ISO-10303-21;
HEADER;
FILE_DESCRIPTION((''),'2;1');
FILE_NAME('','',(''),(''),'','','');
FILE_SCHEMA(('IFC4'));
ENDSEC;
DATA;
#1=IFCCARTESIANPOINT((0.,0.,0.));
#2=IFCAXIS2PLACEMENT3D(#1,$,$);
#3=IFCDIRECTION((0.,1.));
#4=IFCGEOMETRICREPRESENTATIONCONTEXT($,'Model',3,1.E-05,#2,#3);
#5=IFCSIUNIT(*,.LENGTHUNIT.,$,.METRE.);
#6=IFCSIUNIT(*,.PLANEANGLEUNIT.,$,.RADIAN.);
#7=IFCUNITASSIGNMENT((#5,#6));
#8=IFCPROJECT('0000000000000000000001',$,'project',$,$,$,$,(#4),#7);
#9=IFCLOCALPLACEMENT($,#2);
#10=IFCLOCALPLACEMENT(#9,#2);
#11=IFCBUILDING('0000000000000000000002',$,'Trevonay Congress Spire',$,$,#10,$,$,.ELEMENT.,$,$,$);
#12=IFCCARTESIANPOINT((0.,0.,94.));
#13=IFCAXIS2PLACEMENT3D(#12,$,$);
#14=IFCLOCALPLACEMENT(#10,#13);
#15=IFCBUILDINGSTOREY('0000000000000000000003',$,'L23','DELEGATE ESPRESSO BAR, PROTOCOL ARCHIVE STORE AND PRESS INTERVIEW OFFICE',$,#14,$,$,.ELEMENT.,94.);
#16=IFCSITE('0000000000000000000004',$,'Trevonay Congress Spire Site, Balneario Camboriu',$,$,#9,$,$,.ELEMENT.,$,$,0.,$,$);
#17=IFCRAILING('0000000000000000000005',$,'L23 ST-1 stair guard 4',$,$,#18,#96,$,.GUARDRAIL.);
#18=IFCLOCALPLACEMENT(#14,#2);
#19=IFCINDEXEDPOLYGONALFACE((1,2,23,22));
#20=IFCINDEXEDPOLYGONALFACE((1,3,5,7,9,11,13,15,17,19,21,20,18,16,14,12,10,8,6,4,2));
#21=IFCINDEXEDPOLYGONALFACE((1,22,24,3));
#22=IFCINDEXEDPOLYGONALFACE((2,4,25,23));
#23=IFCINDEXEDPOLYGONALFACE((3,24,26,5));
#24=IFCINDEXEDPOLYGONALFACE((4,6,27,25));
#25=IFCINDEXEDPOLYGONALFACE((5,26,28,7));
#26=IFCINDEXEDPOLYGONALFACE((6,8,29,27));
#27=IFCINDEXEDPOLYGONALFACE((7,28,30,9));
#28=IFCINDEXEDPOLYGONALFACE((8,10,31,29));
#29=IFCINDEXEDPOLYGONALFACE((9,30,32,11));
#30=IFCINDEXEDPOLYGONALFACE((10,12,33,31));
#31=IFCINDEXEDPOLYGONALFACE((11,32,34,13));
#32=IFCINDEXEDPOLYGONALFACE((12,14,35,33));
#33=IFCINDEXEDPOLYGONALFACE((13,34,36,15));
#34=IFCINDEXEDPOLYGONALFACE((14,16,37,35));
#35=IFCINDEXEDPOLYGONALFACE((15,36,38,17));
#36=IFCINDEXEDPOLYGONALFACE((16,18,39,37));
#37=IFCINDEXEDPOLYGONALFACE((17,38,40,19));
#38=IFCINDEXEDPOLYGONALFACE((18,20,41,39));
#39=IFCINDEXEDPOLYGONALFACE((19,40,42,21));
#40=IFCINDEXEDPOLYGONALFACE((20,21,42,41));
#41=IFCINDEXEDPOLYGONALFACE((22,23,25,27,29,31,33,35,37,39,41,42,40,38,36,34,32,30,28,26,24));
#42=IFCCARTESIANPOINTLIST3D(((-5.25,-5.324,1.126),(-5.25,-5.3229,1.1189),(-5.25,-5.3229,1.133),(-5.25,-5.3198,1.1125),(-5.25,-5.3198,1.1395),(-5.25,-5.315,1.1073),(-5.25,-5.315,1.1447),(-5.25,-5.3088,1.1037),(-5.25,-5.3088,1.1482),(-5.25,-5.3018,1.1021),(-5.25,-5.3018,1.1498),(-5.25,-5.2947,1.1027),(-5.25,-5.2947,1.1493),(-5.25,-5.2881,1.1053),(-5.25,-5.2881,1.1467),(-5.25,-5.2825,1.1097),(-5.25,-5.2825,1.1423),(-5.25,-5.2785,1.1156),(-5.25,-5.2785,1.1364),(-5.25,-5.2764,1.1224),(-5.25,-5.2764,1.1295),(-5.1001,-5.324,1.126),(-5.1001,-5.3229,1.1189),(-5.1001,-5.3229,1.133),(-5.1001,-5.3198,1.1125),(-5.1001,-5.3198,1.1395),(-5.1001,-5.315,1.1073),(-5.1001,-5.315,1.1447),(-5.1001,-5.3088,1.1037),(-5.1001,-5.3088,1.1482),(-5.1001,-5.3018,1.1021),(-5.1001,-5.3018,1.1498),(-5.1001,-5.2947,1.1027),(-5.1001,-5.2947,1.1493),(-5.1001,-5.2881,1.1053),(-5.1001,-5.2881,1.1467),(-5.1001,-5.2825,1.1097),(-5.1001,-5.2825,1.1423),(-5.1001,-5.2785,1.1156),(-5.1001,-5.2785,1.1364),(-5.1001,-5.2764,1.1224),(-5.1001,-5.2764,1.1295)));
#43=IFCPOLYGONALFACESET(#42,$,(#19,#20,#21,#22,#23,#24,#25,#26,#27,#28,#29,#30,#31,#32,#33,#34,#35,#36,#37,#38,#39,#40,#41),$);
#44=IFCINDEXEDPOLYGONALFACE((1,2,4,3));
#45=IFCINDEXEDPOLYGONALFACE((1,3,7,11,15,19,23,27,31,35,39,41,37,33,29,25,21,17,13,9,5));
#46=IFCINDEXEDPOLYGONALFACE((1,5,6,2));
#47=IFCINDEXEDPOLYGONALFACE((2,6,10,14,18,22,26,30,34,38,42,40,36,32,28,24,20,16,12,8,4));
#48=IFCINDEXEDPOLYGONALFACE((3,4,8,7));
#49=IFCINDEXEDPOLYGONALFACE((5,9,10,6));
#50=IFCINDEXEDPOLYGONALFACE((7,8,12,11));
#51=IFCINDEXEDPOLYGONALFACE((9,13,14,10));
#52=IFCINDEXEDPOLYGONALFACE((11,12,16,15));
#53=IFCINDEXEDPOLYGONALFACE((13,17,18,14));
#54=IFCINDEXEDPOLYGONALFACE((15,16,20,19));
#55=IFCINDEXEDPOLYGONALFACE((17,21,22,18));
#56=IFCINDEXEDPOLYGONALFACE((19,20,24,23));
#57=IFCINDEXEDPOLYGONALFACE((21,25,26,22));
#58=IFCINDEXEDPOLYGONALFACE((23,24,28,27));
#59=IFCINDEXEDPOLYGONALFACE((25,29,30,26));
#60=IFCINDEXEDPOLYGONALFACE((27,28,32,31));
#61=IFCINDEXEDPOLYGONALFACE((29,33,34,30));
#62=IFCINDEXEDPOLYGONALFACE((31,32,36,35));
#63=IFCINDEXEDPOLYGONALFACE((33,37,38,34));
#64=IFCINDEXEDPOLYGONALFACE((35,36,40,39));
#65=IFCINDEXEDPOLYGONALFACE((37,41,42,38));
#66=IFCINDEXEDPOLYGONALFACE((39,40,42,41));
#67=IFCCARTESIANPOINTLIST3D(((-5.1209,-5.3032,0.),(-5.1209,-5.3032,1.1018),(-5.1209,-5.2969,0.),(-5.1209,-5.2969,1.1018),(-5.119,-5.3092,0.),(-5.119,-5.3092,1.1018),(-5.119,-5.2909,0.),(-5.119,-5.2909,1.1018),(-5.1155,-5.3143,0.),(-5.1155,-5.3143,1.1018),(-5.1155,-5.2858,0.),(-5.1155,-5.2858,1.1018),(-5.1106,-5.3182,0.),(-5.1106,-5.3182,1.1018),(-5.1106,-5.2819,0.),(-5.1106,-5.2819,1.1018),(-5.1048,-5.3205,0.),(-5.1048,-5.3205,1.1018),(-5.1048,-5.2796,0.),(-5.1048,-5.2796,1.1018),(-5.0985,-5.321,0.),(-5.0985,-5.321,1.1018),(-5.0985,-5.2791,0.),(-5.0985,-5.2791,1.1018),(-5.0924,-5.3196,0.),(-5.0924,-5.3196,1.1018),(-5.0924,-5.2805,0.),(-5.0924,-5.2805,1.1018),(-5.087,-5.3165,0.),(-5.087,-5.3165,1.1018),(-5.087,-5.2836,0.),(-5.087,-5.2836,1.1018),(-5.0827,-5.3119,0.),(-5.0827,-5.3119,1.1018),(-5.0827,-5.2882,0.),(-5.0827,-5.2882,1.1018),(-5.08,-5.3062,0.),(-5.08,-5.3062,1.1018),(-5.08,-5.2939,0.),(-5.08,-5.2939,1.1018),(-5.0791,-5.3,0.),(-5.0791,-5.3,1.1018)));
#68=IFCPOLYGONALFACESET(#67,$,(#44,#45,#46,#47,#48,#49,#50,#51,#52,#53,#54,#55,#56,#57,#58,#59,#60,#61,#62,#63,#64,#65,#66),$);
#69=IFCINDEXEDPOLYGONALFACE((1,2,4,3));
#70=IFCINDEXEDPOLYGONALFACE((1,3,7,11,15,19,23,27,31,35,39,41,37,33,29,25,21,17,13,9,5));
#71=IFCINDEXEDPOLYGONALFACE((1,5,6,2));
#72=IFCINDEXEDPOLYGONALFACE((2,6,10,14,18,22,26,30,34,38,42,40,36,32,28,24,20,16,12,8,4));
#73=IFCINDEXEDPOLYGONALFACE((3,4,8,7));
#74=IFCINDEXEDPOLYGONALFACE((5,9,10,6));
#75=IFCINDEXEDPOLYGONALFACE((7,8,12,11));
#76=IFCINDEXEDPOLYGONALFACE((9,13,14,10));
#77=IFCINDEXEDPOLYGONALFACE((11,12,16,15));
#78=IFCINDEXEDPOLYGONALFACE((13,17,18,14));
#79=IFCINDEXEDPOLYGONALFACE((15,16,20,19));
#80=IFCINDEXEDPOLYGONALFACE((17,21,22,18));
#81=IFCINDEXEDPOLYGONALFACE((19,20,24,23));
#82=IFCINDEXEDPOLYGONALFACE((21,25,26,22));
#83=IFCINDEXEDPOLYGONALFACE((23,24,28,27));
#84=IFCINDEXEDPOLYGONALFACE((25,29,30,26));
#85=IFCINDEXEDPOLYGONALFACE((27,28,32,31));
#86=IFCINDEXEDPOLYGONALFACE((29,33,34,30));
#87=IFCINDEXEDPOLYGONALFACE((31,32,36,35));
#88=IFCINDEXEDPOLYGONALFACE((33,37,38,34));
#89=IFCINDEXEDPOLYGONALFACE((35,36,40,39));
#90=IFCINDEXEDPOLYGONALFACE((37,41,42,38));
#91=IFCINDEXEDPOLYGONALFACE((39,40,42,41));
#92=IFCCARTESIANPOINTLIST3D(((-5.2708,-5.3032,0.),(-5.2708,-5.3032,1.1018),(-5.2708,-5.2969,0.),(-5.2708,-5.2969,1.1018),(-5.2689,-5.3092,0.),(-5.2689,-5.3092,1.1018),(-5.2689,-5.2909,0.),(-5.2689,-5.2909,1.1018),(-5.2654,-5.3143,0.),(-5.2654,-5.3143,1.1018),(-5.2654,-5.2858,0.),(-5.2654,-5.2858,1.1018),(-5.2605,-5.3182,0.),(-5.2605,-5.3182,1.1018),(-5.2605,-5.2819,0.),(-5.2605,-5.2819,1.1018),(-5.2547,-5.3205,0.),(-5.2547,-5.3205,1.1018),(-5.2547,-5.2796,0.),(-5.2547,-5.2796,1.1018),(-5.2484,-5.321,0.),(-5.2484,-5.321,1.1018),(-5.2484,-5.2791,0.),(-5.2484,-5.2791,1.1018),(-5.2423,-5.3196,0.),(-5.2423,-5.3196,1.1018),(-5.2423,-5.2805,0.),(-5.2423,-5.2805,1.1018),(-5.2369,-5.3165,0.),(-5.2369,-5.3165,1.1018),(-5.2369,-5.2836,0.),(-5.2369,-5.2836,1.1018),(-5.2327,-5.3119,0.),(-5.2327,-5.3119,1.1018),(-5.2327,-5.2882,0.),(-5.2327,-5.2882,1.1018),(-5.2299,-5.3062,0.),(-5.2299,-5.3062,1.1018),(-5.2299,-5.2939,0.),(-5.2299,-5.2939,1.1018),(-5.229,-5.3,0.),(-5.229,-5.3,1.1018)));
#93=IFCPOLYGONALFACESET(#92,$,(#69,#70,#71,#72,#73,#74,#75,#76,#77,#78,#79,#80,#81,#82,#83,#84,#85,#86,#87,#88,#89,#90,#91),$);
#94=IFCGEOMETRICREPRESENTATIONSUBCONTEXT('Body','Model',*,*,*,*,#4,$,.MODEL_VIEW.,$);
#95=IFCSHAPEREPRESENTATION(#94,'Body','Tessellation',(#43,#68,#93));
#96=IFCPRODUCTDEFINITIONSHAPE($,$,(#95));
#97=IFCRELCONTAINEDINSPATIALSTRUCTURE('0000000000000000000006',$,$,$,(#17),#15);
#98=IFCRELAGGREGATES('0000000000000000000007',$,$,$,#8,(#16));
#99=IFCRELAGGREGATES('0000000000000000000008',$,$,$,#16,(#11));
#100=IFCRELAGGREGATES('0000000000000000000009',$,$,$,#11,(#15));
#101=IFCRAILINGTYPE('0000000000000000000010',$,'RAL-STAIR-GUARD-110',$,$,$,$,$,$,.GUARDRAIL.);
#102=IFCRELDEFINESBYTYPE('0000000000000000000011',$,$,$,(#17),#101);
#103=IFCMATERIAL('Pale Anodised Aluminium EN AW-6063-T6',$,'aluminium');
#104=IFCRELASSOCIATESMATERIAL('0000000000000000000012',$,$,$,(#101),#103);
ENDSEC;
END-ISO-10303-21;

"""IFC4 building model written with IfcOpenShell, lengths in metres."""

from ifc_helpers import new_model, si_unit, direction, frame, origin, origin_2d, place, context, subcontext, project, spatial, circle, extrude, material, type_object, element, save


model = new_model("IFC4")

# Units and contexts
model_context = context("Model", 3, precision=1e-05, world=origin(), true_north=direction((0.0, 1.0)))
body_context = subcontext(model_context, "Body", "Model", "MODEL_VIEW")
ifc_project = project(units=[si_unit("LENGTHUNIT", "METRE"), si_unit("PLANEANGLEUNIT", "RADIAN")], contexts=[model_context])

# Site, building, storey
site_placement = place(None, origin())
site = spatial("IfcSite", under=ifc_project, at=site_placement, Name="Trevonay Congress Spire Site, Balneario Camboriu", CompositionType="ELEMENT", RefElevation=0.0)
building_placement = place(site_placement, origin())
building = spatial("IfcBuilding", under=site, at=building_placement, Name="Trevonay Congress Spire", CompositionType="ELEMENT")
storey_placement = place(building_placement, frame((0.0, 0.0, 94.0)))
storey = spatial("IfcBuildingStorey", under=building, at=storey_placement, Name="L23", Description="DELEGATE ESPRESSO BAR, PROTOCOL ARCHIVE STORE AND PRESS INTERVIEW OFFICE", CompositionType="ELEMENT", Elevation=94.0)

# Shared definitions
ifc_material_1 = material(Name="Pale Anodised Aluminium EN AW-6063-T6", Category="aluminium")

# Railing
railing_type_1 = type_object("IfcRailingType", Name="RAL-STAIR-GUARD-110", PredefinedType="GUARDRAIL", material=ifc_material_1)
railing_1_placement = place(storey_placement, frame((-5.1001, -5.3, 0.0)))
element("IfcRailing", 1, at=railing_1_placement, inside=storey, type_object=railing_type_1, Name="L23 ST-1 stair guard 4", PredefinedType="GUARDRAIL", context=body_context, shape_type="SweptSolid", body=[
    extrude(circle(Radius=0.0239, at=origin_2d()), frame((0.0, 0.0, 1.126), z_axis=(-1.0, 0.0, 0.0), x_axis=(0.0, -1.0, 0.0)), (0.0, 0.0, 1.0), 0.1499),
    extrude(circle(Radius=0.021, at=origin_2d()), origin(), (0.0, 0.0, 1.0), 1.1018),
    extrude(circle(Radius=0.021, at=origin_2d()), frame((-0.1499, 0.0, 0.0)), (0.0, 0.0, 1.0), 1.1018),
])

save(model, "model.ifc")
